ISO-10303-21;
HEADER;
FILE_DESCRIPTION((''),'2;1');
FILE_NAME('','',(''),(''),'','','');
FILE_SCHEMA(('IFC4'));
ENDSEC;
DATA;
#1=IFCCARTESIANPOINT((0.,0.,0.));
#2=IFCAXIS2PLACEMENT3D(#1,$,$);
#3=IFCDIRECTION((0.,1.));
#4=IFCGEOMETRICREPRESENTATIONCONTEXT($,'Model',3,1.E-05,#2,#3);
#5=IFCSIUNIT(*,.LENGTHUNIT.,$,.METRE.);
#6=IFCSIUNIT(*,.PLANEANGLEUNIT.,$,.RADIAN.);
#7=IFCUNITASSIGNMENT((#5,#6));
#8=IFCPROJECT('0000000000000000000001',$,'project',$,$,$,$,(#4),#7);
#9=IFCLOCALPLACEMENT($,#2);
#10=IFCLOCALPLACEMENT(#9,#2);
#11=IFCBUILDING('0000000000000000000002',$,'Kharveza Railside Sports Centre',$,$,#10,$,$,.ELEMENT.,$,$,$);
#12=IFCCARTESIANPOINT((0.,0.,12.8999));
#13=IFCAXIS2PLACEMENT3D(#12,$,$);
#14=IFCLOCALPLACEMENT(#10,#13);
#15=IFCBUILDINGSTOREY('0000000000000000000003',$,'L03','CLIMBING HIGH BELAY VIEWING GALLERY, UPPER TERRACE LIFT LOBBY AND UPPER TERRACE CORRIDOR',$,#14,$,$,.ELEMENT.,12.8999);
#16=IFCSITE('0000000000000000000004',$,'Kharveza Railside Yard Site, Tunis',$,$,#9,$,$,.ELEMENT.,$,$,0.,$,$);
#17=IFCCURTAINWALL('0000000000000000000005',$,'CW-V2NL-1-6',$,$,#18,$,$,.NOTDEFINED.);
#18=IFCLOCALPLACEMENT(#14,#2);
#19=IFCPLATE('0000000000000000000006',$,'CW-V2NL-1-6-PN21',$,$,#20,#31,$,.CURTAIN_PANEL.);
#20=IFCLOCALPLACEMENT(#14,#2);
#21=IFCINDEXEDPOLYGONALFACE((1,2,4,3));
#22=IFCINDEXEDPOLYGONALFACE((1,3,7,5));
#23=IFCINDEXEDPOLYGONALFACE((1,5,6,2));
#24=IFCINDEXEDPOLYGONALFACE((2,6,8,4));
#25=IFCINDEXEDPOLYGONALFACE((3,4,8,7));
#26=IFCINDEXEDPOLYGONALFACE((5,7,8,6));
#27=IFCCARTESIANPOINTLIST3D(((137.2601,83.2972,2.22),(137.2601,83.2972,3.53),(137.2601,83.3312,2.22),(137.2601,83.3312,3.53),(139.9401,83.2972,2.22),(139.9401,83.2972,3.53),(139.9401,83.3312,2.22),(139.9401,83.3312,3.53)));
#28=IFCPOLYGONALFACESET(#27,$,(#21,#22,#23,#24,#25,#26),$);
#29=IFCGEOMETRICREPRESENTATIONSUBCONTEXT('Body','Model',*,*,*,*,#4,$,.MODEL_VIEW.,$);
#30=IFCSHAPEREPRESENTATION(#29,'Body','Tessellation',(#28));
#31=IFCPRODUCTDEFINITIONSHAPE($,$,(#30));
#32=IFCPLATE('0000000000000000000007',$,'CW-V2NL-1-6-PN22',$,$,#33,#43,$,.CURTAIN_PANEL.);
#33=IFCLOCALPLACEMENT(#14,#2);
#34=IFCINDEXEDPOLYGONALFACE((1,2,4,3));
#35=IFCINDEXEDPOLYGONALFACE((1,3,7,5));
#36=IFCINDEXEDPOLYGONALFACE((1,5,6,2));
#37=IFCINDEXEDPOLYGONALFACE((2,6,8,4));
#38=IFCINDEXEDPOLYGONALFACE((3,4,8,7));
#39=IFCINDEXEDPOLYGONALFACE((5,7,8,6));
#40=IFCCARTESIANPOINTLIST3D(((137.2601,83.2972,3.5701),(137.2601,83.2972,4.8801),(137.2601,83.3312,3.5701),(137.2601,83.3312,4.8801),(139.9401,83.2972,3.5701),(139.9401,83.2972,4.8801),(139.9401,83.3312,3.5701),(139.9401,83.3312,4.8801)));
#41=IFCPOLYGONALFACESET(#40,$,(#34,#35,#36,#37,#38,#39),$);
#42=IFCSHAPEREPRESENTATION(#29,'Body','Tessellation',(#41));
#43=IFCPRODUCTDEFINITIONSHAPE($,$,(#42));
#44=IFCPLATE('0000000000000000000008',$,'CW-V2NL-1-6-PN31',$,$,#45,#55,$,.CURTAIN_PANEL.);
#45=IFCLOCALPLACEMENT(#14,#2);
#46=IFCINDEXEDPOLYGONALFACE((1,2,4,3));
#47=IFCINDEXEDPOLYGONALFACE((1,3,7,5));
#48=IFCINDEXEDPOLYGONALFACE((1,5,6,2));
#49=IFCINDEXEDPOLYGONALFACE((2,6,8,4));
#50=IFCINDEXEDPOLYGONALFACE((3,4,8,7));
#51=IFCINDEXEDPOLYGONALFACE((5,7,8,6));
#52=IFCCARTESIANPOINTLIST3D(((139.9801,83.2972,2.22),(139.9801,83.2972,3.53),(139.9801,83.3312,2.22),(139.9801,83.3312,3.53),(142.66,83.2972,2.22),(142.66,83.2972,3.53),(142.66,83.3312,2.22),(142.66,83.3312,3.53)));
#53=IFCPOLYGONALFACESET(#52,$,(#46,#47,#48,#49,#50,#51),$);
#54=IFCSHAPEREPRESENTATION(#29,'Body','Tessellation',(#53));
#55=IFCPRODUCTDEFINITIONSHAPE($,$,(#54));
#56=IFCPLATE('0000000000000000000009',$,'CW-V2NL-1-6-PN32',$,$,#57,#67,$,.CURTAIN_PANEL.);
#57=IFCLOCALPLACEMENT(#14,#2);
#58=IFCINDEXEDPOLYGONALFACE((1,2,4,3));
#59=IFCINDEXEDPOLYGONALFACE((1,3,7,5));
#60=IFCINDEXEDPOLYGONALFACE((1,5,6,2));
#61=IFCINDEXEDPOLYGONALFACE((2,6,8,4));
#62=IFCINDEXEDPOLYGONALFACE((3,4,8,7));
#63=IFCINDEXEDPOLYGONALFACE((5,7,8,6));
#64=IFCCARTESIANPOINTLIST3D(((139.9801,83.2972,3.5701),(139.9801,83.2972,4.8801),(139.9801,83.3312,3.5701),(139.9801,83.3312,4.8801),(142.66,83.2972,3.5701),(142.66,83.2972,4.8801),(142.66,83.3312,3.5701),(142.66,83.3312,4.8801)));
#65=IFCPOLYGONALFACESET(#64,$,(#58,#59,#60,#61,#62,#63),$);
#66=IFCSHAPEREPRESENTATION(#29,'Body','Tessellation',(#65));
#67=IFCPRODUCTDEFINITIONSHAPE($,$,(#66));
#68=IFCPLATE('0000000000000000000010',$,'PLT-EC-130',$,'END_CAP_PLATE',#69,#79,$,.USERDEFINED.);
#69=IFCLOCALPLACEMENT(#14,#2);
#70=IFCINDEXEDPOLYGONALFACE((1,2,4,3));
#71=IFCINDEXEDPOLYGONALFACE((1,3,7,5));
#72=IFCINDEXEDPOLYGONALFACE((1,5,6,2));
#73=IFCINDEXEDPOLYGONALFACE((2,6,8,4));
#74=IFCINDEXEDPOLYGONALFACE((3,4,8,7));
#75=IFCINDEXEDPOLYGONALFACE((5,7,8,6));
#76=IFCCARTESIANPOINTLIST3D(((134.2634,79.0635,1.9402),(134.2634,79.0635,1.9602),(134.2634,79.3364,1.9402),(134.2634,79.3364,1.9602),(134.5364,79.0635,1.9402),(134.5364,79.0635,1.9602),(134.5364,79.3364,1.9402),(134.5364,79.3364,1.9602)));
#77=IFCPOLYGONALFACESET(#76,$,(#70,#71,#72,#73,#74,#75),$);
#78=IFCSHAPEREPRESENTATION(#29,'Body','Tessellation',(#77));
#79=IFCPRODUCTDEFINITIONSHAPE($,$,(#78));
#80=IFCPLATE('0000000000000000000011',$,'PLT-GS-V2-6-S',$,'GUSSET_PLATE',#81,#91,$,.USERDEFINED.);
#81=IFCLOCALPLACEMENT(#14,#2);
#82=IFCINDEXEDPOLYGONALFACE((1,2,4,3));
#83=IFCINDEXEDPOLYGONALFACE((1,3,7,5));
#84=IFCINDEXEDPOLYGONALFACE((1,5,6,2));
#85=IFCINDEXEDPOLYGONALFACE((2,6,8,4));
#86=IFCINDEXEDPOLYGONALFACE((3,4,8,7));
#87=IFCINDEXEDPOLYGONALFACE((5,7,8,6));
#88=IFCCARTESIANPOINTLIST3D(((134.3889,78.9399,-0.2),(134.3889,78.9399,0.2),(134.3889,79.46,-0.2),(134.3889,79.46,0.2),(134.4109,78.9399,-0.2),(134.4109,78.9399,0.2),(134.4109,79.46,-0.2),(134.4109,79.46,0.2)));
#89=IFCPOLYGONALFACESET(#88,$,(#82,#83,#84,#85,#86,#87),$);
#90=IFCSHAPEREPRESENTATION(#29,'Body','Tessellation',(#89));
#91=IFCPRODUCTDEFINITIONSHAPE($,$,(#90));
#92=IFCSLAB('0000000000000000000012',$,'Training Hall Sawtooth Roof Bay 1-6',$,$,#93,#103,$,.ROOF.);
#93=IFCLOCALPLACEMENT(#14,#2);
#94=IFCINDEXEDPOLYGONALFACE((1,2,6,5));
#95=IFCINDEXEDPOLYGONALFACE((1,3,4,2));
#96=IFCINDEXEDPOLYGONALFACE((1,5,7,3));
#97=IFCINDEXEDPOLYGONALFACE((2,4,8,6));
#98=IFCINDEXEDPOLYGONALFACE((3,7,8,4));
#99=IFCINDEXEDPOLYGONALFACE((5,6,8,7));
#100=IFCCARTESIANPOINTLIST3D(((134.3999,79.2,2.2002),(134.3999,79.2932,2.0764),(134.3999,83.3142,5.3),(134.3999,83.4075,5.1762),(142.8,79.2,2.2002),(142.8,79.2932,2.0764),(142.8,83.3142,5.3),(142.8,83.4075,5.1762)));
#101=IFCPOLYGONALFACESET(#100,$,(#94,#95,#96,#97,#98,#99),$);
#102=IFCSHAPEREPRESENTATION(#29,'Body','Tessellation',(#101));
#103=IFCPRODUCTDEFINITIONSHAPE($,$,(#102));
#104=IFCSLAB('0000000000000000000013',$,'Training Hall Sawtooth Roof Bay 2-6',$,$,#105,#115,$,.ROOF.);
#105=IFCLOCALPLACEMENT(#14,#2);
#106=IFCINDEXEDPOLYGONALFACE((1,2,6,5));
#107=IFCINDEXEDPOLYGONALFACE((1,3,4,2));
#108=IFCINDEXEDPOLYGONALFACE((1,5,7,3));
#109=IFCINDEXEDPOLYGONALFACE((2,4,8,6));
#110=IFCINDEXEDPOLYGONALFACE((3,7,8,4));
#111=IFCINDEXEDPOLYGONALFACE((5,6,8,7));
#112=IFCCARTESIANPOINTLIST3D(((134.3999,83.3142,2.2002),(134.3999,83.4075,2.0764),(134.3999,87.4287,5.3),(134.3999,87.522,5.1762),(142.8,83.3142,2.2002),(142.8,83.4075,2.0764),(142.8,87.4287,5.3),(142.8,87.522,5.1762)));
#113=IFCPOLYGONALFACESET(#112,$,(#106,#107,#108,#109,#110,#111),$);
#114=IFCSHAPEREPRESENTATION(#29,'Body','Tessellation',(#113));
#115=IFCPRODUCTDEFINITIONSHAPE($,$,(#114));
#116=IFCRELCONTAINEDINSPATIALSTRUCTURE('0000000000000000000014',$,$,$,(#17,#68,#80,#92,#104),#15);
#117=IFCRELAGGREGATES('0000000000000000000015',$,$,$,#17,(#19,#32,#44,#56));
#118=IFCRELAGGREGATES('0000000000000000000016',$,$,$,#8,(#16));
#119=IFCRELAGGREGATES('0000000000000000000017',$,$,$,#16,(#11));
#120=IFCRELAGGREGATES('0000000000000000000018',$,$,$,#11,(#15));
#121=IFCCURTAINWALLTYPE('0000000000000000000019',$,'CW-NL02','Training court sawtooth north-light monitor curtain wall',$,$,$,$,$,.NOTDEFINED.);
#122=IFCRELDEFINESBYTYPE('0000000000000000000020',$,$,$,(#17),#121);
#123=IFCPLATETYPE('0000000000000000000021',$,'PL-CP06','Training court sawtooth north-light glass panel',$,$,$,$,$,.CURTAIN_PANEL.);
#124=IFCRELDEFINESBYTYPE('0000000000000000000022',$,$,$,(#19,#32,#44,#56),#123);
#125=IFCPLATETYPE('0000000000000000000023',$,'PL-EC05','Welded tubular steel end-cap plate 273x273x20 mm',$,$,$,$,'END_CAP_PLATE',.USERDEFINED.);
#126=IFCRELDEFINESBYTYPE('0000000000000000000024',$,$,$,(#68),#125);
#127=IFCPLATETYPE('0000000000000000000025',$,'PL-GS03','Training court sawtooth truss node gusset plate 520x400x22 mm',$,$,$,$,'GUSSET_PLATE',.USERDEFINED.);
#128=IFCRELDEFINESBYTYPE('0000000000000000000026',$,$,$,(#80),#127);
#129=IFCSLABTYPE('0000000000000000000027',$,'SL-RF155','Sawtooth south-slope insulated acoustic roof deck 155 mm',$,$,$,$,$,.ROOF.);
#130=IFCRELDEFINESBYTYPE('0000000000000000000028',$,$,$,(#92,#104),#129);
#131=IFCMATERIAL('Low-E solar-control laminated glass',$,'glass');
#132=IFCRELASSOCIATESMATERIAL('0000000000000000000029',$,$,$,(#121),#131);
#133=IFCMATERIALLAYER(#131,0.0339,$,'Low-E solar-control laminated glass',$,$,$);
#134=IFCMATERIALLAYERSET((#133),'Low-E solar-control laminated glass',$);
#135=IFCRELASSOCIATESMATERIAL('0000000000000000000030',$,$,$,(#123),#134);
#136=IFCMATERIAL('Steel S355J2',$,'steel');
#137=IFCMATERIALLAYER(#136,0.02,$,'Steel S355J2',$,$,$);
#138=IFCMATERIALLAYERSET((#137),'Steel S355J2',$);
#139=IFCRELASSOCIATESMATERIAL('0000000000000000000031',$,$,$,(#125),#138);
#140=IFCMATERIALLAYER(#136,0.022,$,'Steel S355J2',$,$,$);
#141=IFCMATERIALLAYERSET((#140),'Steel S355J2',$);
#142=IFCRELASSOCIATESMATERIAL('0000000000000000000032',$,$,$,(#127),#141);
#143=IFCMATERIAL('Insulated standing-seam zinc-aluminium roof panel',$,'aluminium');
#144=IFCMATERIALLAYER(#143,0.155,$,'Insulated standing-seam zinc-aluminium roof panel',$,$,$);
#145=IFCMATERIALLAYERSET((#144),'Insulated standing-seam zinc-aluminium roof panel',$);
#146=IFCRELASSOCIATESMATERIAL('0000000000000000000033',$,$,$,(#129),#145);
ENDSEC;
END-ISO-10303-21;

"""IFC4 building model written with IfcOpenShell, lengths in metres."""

from ifc_helpers import new_model, si_unit, direction, frame, origin, origin_2d, place, context, subcontext, project, spatial, polyline, rectangle, outline, extrude, material, layer, layer_set, type_object, element, aggregate, save


model = new_model("IFC4")

# Units and contexts
model_context = context("Model", 3, precision=1e-05, world=origin(), true_north=direction((0.0, 1.0)))
body_context = subcontext(model_context, "Body", "Model", "MODEL_VIEW")
ifc_project = project(units=[si_unit("LENGTHUNIT", "METRE"), si_unit("PLANEANGLEUNIT", "RADIAN")], contexts=[model_context])

# Site, building, storey
site_placement = place(None, origin())
site = spatial("IfcSite", under=ifc_project, at=site_placement, Name="Kharveza Railside Yard Site, Tunis", CompositionType="ELEMENT", RefElevation=0.0)
building_placement = place(site_placement, origin())
building = spatial("IfcBuilding", under=site, at=building_placement, Name="Kharveza Railside Sports Centre", CompositionType="ELEMENT")
storey_placement = place(building_placement, frame((0.0, 0.0, 12.8999)))
storey = spatial("IfcBuildingStorey", under=building, at=storey_placement, Name="L03", Description="CLIMBING HIGH BELAY VIEWING GALLERY, UPPER TERRACE LIFT LOBBY AND UPPER TERRACE CORRIDOR", CompositionType="ELEMENT", Elevation=12.8999)

# Shared definitions
ifc_material_1 = material(Name="Steel S355J2", Category="steel")

# Curtain wall
ifc_material_2 = material(Name="Low-E solar-control laminated glass", Category="glass")
curtain_wall_type = type_object("IfcCurtainWallType", Name="CW-NL02", Description="Training court sawtooth north-light monitor curtain wall", PredefinedType="NOTDEFINED", material=ifc_material_2)
curtain_wall_1_placement = place(storey_placement, origin())
curtain_wall_1 = element("IfcCurtainWall", 1, at=curtain_wall_1_placement, inside=storey, type_object=curtain_wall_type, Name="CW-V2NL-1-6", PredefinedType="NOTDEFINED")

# Plates
ifc_layer_1 = layer(ifc_material_2, 0.0339, Name="Low-E solar-control laminated glass")
ifc_layer_set_1 = layer_set([ifc_layer_1], Name="Low-E solar-control laminated glass")
plate_type_1 = type_object("IfcPlateType", Name="PL-CP06", Description="Training court sawtooth north-light glass panel", PredefinedType="CURTAIN_PANEL", material=ifc_layer_set_1)
plate_1_placement = place(storey_placement, frame((138.6001, 83.3142, 2.22), z_axis=(0.0, 0.0, 1.0), x_axis=(1.0, 0.0, 0.0)))
plate_1 = element("IfcPlate", 2, at=plate_1_placement, type_object=plate_type_1, Name="CW-V2NL-1-6-PN21", PredefinedType="CURTAIN_PANEL", context=body_context, shape_type="SweptSolid", body=[
    extrude(rectangle(XDim=2.6799, YDim=0.0339, at=origin_2d()), origin(), (0.0, 0.0, 1.0), 1.3101),
])
plate_2_placement = place(storey_placement, frame((138.6001, 83.3142, 3.5701), z_axis=(0.0, 0.0, 1.0), x_axis=(1.0, 0.0, 0.0)))
plate_2 = element("IfcPlate", 3, at=plate_2_placement, type_object=plate_type_1, Name="CW-V2NL-1-6-PN22", PredefinedType="CURTAIN_PANEL", context=body_context, shape_type="SweptSolid", body=[
    extrude(rectangle(XDim=2.6799, YDim=0.0339, at=origin_2d()), origin(), (0.0, 0.0, 1.0), 1.3101),
])
plate_3_placement = place(storey_placement, frame((141.3201, 83.3142, 2.22), z_axis=(0.0, 0.0, 1.0), x_axis=(1.0, 0.0, 0.0)))
plate_3 = element("IfcPlate", 4, at=plate_3_placement, type_object=plate_type_1, Name="CW-V2NL-1-6-PN31", PredefinedType="CURTAIN_PANEL", context=body_context, shape_type="SweptSolid", body=[
    extrude(rectangle(XDim=2.6799, YDim=0.0339, at=origin_2d()), origin(), (0.0, 0.0, 1.0), 1.3101),
])
plate_4_placement = place(storey_placement, frame((141.3201, 83.3142, 3.5701), z_axis=(0.0, 0.0, 1.0), x_axis=(1.0, 0.0, 0.0)))
plate_4 = element("IfcPlate", 5, at=plate_4_placement, type_object=plate_type_1, Name="CW-V2NL-1-6-PN32", PredefinedType="CURTAIN_PANEL", context=body_context, shape_type="SweptSolid", body=[
    extrude(rectangle(XDim=2.6799, YDim=0.0339, at=origin_2d()), origin(), (0.0, 0.0, 1.0), 1.3101),
])
aggregate(curtain_wall_1, [plate_1, plate_2, plate_3, plate_4])

# Plates
ifc_layer_2 = layer(ifc_material_1, 0.02, Name="Steel S355J2")
ifc_layer_set_2 = layer_set([ifc_layer_2], Name="Steel S355J2")
plate_type_2 = type_object("IfcPlateType", Name="PL-EC05", Description="Welded tubular steel end-cap plate 273x273x20 mm", ElementType="END_CAP_PLATE", PredefinedType="USERDEFINED", material=ifc_layer_set_2)
plate_5_placement = place(storey_placement, frame((134.3999, 79.2, 1.9402), z_axis=(0.0, 0.0, 1.0), x_axis=(1.0, 0.0, 0.0)))
element("IfcPlate", 6, at=plate_5_placement, inside=storey, type_object=plate_type_2, Name="PLT-EC-130", ObjectType="END_CAP_PLATE", PredefinedType="USERDEFINED", context=body_context, shape_type="SweptSolid", body=[
    extrude(rectangle(XDim=0.2729, YDim=0.2729, at=origin_2d()), origin(), (0.0, 0.0, 1.0), 0.02),
])
ifc_layer_3 = layer(ifc_material_1, 0.022, Name="Steel S355J2")
ifc_layer_set_3 = layer_set([ifc_layer_3], Name="Steel S355J2")
plate_type_3 = type_object("IfcPlateType", Name="PL-GS03", Description="Training court sawtooth truss node gusset plate 520x400x22 mm", ElementType="GUSSET_PLATE", PredefinedType="USERDEFINED", material=ifc_layer_set_3)
plate_6_placement = place(storey_placement, frame((134.3999, 79.2, -0.2), z_axis=(0.0, 0.0, 1.0), x_axis=(1.0, 0.0, 0.0)))
element("IfcPlate", 7, at=plate_6_placement, inside=storey, type_object=plate_type_3, Name="PLT-GS-V2-6-S", ObjectType="GUSSET_PLATE", PredefinedType="USERDEFINED", context=body_context, shape_type="SweptSolid", body=[
    extrude(rectangle(XDim=0.022, YDim=0.52, at=origin_2d()), origin(), (0.0, 0.0, 1.0), 0.3999),
])

# Slabs
ifc_material_3 = material(Name="Insulated standing-seam zinc-aluminium roof panel", Category="aluminium")
ifc_layer_4 = layer(ifc_material_3, 0.155, Name="Insulated standing-seam zinc-aluminium roof panel")
ifc_layer_set_4 = layer_set([ifc_layer_4], Name="Insulated standing-seam zinc-aluminium roof panel")
slab_type = type_object("IfcSlabType", Name="SL-RF155", Description="Sawtooth south-slope insulated acoustic roof deck 155 mm", PredefinedType="ROOF", material=ifc_layer_set_4)
slab_1_placement = place(storey_placement, frame((134.3999, 79.2, 2.2002), z_axis=(0.0, -0.601758, 0.798679), x_axis=(1.0, 0.0, 0.0)))
element("IfcSlab", 8, at=slab_1_placement, inside=storey, type_object=slab_type, Name="Training Hall Sawtooth Roof Bay 1-6", PredefinedType="ROOF", context=body_context, shape_type="SweptSolid", body=[
    extrude(outline(polyline([(0.0, 0.0), (8.4001, 0.0), (8.4001, 5.1513), (0.0, 5.1513), (0.0, 0.0)])), origin(), (0.0, 0.0, -1.0), 0.155),
])
slab_2_placement = place(storey_placement, frame((134.3999, 83.3142, 2.2002), z_axis=(0.0, -0.601735, 0.798696), x_axis=(1.0, 0.0, 0.0)))
element("IfcSlab", 9, at=slab_2_placement, inside=storey, type_object=slab_type, Name="Training Hall Sawtooth Roof Bay 2-6", PredefinedType="ROOF", context=body_context, shape_type="SweptSolid", body=[
    extrude(outline(polyline([(0.0, 0.0), (8.4001, 0.0), (8.4001, 5.1515), (0.0, 5.1515), (0.0, 0.0)])), origin(), (0.0, 0.0, -1.0), 0.155),
])

save(model, "model.ifc")
